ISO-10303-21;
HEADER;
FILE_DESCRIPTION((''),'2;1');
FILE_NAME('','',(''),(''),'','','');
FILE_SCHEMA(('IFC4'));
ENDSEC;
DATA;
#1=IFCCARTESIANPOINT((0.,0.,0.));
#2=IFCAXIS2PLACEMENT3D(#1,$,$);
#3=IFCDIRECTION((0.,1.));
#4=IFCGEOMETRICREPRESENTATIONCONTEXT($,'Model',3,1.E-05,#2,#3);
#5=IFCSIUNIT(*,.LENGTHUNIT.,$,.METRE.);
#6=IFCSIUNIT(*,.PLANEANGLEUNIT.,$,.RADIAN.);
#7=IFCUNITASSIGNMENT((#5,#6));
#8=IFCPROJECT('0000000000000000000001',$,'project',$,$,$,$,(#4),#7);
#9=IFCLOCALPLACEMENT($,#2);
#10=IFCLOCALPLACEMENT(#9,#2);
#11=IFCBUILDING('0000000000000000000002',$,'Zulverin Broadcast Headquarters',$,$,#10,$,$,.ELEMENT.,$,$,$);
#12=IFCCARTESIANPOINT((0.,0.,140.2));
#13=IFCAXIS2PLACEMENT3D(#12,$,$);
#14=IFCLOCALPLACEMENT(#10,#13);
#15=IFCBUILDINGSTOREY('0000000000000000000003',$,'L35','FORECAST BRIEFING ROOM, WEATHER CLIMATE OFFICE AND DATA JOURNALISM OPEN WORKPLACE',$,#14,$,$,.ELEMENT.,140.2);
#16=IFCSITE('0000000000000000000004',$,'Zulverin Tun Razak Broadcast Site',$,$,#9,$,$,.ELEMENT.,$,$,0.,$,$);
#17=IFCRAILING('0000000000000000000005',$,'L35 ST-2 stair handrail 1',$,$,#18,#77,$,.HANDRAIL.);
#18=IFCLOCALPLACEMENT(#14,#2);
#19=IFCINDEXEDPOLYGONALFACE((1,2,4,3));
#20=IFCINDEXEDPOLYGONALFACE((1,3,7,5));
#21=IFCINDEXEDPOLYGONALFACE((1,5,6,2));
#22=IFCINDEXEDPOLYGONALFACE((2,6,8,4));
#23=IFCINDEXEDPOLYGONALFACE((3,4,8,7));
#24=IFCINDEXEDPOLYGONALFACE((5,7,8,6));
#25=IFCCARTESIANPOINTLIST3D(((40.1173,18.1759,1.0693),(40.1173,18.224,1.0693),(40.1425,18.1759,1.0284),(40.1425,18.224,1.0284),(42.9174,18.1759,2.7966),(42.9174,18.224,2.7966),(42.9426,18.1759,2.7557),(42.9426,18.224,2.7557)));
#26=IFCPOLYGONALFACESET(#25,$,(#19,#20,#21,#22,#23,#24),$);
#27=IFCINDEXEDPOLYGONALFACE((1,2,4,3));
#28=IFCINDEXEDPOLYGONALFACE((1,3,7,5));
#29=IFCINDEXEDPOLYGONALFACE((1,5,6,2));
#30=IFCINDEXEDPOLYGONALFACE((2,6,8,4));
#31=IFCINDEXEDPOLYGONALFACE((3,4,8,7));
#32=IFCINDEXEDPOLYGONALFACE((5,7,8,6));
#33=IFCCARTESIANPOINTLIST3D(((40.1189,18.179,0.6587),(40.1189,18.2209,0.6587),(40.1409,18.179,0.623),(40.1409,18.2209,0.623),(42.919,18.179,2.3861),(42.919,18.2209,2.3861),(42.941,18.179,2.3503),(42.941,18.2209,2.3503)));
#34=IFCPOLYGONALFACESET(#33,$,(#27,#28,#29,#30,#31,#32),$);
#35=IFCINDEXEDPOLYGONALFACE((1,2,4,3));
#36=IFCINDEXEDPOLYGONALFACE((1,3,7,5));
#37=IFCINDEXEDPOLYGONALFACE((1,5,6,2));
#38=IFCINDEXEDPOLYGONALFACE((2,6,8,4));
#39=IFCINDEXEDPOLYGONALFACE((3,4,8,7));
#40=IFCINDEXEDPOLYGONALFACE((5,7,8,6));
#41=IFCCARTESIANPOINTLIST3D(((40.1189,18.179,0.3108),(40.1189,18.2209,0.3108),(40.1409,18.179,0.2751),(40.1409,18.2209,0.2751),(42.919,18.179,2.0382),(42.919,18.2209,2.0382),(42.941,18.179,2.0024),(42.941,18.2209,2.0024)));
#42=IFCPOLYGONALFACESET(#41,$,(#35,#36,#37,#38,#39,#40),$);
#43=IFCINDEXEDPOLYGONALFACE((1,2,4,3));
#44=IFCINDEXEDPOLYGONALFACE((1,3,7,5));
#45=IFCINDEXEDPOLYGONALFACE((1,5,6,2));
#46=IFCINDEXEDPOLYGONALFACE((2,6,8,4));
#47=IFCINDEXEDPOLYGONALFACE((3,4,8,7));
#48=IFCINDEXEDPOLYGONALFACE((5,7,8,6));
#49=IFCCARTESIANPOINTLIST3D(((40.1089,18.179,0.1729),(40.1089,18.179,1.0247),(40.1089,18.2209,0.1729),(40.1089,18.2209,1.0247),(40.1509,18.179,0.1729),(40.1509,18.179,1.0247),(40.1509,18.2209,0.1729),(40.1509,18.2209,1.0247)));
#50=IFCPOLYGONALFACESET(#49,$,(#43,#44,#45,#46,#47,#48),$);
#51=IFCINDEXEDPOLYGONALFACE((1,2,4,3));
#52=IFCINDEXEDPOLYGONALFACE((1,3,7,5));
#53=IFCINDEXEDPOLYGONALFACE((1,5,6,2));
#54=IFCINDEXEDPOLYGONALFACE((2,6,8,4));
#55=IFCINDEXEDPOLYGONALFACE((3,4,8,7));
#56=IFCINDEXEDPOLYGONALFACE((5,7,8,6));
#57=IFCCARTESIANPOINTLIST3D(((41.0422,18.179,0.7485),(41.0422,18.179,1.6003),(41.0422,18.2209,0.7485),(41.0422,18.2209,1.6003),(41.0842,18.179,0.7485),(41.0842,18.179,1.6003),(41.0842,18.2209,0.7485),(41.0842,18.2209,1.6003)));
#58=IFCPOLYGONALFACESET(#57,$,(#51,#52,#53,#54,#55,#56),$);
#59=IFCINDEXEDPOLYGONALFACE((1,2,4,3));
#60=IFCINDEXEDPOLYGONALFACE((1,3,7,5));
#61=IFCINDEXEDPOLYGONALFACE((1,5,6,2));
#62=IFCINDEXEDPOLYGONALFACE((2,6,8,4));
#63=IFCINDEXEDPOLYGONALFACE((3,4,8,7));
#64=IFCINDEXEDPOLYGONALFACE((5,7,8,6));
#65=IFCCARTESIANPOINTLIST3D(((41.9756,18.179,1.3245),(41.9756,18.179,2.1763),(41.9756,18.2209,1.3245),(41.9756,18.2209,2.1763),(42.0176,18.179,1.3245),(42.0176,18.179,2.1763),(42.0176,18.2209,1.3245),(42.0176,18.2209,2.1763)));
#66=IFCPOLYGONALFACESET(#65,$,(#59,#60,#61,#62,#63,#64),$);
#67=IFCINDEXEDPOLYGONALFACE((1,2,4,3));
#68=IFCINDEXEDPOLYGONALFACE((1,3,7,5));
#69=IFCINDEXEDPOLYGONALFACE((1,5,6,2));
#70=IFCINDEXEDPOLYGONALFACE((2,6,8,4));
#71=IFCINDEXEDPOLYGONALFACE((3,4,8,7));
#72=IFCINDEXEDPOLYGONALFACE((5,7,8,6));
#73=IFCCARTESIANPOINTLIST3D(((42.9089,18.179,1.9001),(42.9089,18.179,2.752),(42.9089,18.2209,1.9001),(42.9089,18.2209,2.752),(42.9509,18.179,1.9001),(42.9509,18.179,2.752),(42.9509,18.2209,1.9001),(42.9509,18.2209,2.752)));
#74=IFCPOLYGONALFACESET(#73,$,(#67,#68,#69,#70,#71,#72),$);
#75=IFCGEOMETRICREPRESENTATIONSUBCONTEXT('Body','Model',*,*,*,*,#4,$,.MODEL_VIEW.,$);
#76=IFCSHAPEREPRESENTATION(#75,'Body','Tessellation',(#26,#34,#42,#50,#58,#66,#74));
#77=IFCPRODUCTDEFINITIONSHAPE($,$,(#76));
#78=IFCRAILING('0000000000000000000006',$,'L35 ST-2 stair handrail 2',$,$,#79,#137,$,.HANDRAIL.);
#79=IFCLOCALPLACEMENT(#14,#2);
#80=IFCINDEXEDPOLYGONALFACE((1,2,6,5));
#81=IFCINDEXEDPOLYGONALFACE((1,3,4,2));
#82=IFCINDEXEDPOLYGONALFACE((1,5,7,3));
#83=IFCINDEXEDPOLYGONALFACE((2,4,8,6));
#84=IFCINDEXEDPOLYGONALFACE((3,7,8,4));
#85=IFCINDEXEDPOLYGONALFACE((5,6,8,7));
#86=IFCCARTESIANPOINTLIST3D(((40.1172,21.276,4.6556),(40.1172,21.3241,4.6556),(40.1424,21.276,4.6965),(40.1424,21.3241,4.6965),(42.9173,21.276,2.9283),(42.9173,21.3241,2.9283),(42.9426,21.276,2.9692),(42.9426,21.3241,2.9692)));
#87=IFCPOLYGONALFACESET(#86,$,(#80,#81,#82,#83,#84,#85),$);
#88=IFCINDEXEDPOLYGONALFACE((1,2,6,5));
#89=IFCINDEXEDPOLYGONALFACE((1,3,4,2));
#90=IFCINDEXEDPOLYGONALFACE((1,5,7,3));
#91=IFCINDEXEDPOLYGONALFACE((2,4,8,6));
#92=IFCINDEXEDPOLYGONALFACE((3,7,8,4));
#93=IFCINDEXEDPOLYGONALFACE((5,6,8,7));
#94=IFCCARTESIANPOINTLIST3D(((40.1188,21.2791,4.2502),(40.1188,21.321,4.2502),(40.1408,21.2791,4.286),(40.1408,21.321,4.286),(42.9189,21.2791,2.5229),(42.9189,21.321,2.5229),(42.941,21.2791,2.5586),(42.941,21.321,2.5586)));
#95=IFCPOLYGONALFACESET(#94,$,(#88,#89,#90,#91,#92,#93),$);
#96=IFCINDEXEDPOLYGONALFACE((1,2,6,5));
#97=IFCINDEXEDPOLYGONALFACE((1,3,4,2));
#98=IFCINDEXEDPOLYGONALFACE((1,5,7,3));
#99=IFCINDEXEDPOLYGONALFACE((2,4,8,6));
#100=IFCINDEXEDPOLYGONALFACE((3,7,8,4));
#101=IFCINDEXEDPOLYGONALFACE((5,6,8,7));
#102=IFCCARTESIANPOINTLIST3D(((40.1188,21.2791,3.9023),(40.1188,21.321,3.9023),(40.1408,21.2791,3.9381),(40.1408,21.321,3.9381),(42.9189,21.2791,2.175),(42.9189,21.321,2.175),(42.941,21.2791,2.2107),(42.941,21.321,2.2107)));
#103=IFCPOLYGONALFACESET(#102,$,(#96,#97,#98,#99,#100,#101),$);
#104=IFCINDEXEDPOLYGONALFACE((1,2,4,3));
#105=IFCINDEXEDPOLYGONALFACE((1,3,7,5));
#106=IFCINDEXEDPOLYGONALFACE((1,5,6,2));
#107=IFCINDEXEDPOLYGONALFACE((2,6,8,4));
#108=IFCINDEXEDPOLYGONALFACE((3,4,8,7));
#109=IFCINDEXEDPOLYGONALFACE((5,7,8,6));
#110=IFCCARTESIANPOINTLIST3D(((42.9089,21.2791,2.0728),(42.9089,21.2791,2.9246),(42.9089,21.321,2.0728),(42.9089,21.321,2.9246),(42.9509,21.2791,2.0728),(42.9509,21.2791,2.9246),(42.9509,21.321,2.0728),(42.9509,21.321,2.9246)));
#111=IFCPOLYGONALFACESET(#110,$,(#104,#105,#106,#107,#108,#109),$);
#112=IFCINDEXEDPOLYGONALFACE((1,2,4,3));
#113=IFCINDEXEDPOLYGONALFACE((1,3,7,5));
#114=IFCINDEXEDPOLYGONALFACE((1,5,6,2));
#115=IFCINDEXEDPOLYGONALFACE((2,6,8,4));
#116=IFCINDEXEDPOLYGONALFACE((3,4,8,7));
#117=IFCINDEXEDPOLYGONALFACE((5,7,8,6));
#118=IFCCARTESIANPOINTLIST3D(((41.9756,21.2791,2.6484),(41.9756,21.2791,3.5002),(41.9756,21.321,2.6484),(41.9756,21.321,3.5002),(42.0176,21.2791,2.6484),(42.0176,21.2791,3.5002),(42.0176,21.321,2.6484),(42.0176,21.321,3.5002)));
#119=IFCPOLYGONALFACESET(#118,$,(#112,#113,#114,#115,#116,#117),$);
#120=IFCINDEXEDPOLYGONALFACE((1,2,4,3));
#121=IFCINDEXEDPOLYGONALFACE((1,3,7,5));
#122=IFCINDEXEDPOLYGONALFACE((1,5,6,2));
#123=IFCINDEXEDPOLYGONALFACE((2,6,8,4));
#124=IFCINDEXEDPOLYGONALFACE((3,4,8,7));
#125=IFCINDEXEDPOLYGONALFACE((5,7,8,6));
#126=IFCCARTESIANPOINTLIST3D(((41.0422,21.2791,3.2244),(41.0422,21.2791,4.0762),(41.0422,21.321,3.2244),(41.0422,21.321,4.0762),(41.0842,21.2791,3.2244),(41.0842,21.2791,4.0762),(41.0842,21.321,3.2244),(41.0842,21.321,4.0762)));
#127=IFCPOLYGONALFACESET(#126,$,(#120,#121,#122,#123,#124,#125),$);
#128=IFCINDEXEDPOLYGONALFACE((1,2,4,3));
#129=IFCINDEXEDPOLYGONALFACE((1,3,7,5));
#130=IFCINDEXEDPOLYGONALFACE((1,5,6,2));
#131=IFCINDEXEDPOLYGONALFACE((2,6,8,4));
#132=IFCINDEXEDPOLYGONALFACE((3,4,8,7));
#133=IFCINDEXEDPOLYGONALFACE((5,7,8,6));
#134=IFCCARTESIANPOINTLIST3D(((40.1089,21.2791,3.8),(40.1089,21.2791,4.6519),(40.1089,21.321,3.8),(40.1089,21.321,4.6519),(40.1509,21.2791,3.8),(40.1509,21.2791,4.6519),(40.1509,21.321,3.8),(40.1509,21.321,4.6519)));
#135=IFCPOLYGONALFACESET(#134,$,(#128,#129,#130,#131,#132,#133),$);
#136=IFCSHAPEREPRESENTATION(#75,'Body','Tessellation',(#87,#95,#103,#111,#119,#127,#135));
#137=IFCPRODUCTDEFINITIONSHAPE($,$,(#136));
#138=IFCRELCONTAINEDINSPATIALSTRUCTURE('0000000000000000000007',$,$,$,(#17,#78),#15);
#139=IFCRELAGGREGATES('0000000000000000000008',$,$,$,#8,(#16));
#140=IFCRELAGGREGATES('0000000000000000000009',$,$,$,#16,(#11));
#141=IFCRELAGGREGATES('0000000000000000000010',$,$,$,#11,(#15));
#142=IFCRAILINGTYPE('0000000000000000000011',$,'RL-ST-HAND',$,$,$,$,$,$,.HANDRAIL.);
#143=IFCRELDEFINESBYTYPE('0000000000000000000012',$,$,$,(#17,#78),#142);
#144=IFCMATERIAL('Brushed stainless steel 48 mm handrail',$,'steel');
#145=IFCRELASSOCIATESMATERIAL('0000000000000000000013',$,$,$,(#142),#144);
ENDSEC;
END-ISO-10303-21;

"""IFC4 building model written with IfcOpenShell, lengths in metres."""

from ifc_helpers import new_model, si_unit, direction, frame, origin, origin_2d, place, context, subcontext, project, spatial, rectangle, extrude, material, type_object, element, save


model = new_model("IFC4")

# Units and contexts
model_context = context("Model", 3, precision=1e-05, world=origin(), true_north=direction((0.0, 1.0)))
body_context = subcontext(model_context, "Body", "Model", "MODEL_VIEW")
ifc_project = project(units=[si_unit("LENGTHUNIT", "METRE"), si_unit("PLANEANGLEUNIT", "RADIAN")], contexts=[model_context])

# Site, building, storey
site_placement = place(None, origin())
site = spatial("IfcSite", under=ifc_project, at=site_placement, Name="Zulverin Tun Razak Broadcast Site", CompositionType="ELEMENT", RefElevation=0.0)
building_placement = place(site_placement, origin())
building = spatial("IfcBuilding", under=site, at=building_placement, Name="Zulverin Broadcast Headquarters", CompositionType="ELEMENT")
storey_placement = place(building_placement, frame((0.0, 0.0, 140.2)))
storey = spatial("IfcBuildingStorey", under=building, at=storey_placement, Name="L35", Description="FORECAST BRIEFING ROOM, WEATHER CLIMATE OFFICE AND DATA JOURNALISM OPEN WORKPLACE", CompositionType="ELEMENT", Elevation=140.2)

# Railings
ifc_material_1 = material(Name="Brushed stainless steel 48 mm handrail", Category="steel")
railing_type_1 = type_object("IfcRailingType", Name="RL-ST-HAND", PredefinedType="HANDRAIL", material=ifc_material_1)
railing_1_placement = place(storey_placement, frame((40.1299, 18.2, 0.1729)))
element("IfcRailing", 1, at=railing_1_placement, inside=storey, type_object=railing_type_1, Name="L35 ST-2 stair handrail 1", PredefinedType="HANDRAIL", context=body_context, shape_type="SweptSolid", body=[
    extrude(rectangle(XDim=0.0481, YDim=0.0481, at=origin_2d()), frame((0.0, 0.0, 0.876), z_axis=(0.85109, 0.0, 0.52502), x_axis=(0.0, 1.0, 0.0)), (0.0, 0.0, 1.0), 3.29),
    extrude(rectangle(XDim=0.042, YDim=0.042, at=origin_2d()), frame((0.0, 0.0, 0.468), z_axis=(0.85109, 0.0, 0.52502), x_axis=(0.0, 1.0, 0.0)), (0.0, 0.0, 1.0), 3.29),
    extrude(rectangle(XDim=0.042, YDim=0.042, at=origin_2d()), frame((0.0, 0.0, 0.1201), z_axis=(0.85109, 0.0, 0.52502), x_axis=(0.0, 1.0, 0.0)), (0.0, 0.0, 1.0), 3.29),
    extrude(rectangle(XDim=0.042, YDim=0.042, at=origin_2d()), origin(), (0.0, 0.0, 1.0), 0.8518),
    extrude(rectangle(XDim=0.042, YDim=0.042, at=origin_2d()), frame((0.9333, 0.0, 0.5757)), (0.0, 0.0, 1.0), 0.8518),
    extrude(rectangle(XDim=0.042, YDim=0.042, at=origin_2d()), frame((1.8667, 0.0, 1.1516)), (0.0, 0.0, 1.0), 0.8518),
    extrude(rectangle(XDim=0.042, YDim=0.042, at=origin_2d()), frame((2.8, 0.0, 1.7273)), (0.0, 0.0, 1.0), 0.8518),
])
railing_2_placement = place(storey_placement, frame((42.9299, 21.3, 2.0728)))
element("IfcRailing", 2, at=railing_2_placement, inside=storey, type_object=railing_type_1, Name="L35 ST-2 stair handrail 2", PredefinedType="HANDRAIL", context=body_context, shape_type="SweptSolid", body=[
    extrude(rectangle(XDim=0.0481, YDim=0.0481, at=origin_2d()), frame((0.0, 0.0, 0.876), z_axis=(-0.85109, 0.0, 0.52502), x_axis=(0.0, -1.0, 0.0)), (0.0, 0.0, 1.0), 3.29),
    extrude(rectangle(XDim=0.042, YDim=0.042, at=origin_2d()), frame((0.0, 0.0, 0.468), z_axis=(-0.85109, 0.0, 0.52502), x_axis=(0.0, -1.0, 0.0)), (0.0, 0.0, 1.0), 3.29),
    extrude(rectangle(XDim=0.042, YDim=0.042, at=origin_2d()), frame((0.0, 0.0, 0.1201), z_axis=(-0.85109, 0.0, 0.52502), x_axis=(0.0, -1.0, 0.0)), (0.0, 0.0, 1.0), 3.29),
    extrude(rectangle(XDim=0.042, YDim=0.042, at=origin_2d()), origin(), (0.0, 0.0, 1.0), 0.8518),
    extrude(rectangle(XDim=0.042, YDim=0.042, at=origin_2d()), frame((-0.9333, 0.0, 0.5757)), (0.0, 0.0, 1.0), 0.8518),
    extrude(rectangle(XDim=0.042, YDim=0.042, at=origin_2d()), frame((-1.8667, 0.0, 1.1516)), (0.0, 0.0, 1.0), 0.8518),
    extrude(rectangle(XDim=0.042, YDim=0.042, at=origin_2d()), frame((-2.8, 0.0, 1.7273)), (0.0, 0.0, 1.0), 0.8518),
])

save(model, "model.ifc")
